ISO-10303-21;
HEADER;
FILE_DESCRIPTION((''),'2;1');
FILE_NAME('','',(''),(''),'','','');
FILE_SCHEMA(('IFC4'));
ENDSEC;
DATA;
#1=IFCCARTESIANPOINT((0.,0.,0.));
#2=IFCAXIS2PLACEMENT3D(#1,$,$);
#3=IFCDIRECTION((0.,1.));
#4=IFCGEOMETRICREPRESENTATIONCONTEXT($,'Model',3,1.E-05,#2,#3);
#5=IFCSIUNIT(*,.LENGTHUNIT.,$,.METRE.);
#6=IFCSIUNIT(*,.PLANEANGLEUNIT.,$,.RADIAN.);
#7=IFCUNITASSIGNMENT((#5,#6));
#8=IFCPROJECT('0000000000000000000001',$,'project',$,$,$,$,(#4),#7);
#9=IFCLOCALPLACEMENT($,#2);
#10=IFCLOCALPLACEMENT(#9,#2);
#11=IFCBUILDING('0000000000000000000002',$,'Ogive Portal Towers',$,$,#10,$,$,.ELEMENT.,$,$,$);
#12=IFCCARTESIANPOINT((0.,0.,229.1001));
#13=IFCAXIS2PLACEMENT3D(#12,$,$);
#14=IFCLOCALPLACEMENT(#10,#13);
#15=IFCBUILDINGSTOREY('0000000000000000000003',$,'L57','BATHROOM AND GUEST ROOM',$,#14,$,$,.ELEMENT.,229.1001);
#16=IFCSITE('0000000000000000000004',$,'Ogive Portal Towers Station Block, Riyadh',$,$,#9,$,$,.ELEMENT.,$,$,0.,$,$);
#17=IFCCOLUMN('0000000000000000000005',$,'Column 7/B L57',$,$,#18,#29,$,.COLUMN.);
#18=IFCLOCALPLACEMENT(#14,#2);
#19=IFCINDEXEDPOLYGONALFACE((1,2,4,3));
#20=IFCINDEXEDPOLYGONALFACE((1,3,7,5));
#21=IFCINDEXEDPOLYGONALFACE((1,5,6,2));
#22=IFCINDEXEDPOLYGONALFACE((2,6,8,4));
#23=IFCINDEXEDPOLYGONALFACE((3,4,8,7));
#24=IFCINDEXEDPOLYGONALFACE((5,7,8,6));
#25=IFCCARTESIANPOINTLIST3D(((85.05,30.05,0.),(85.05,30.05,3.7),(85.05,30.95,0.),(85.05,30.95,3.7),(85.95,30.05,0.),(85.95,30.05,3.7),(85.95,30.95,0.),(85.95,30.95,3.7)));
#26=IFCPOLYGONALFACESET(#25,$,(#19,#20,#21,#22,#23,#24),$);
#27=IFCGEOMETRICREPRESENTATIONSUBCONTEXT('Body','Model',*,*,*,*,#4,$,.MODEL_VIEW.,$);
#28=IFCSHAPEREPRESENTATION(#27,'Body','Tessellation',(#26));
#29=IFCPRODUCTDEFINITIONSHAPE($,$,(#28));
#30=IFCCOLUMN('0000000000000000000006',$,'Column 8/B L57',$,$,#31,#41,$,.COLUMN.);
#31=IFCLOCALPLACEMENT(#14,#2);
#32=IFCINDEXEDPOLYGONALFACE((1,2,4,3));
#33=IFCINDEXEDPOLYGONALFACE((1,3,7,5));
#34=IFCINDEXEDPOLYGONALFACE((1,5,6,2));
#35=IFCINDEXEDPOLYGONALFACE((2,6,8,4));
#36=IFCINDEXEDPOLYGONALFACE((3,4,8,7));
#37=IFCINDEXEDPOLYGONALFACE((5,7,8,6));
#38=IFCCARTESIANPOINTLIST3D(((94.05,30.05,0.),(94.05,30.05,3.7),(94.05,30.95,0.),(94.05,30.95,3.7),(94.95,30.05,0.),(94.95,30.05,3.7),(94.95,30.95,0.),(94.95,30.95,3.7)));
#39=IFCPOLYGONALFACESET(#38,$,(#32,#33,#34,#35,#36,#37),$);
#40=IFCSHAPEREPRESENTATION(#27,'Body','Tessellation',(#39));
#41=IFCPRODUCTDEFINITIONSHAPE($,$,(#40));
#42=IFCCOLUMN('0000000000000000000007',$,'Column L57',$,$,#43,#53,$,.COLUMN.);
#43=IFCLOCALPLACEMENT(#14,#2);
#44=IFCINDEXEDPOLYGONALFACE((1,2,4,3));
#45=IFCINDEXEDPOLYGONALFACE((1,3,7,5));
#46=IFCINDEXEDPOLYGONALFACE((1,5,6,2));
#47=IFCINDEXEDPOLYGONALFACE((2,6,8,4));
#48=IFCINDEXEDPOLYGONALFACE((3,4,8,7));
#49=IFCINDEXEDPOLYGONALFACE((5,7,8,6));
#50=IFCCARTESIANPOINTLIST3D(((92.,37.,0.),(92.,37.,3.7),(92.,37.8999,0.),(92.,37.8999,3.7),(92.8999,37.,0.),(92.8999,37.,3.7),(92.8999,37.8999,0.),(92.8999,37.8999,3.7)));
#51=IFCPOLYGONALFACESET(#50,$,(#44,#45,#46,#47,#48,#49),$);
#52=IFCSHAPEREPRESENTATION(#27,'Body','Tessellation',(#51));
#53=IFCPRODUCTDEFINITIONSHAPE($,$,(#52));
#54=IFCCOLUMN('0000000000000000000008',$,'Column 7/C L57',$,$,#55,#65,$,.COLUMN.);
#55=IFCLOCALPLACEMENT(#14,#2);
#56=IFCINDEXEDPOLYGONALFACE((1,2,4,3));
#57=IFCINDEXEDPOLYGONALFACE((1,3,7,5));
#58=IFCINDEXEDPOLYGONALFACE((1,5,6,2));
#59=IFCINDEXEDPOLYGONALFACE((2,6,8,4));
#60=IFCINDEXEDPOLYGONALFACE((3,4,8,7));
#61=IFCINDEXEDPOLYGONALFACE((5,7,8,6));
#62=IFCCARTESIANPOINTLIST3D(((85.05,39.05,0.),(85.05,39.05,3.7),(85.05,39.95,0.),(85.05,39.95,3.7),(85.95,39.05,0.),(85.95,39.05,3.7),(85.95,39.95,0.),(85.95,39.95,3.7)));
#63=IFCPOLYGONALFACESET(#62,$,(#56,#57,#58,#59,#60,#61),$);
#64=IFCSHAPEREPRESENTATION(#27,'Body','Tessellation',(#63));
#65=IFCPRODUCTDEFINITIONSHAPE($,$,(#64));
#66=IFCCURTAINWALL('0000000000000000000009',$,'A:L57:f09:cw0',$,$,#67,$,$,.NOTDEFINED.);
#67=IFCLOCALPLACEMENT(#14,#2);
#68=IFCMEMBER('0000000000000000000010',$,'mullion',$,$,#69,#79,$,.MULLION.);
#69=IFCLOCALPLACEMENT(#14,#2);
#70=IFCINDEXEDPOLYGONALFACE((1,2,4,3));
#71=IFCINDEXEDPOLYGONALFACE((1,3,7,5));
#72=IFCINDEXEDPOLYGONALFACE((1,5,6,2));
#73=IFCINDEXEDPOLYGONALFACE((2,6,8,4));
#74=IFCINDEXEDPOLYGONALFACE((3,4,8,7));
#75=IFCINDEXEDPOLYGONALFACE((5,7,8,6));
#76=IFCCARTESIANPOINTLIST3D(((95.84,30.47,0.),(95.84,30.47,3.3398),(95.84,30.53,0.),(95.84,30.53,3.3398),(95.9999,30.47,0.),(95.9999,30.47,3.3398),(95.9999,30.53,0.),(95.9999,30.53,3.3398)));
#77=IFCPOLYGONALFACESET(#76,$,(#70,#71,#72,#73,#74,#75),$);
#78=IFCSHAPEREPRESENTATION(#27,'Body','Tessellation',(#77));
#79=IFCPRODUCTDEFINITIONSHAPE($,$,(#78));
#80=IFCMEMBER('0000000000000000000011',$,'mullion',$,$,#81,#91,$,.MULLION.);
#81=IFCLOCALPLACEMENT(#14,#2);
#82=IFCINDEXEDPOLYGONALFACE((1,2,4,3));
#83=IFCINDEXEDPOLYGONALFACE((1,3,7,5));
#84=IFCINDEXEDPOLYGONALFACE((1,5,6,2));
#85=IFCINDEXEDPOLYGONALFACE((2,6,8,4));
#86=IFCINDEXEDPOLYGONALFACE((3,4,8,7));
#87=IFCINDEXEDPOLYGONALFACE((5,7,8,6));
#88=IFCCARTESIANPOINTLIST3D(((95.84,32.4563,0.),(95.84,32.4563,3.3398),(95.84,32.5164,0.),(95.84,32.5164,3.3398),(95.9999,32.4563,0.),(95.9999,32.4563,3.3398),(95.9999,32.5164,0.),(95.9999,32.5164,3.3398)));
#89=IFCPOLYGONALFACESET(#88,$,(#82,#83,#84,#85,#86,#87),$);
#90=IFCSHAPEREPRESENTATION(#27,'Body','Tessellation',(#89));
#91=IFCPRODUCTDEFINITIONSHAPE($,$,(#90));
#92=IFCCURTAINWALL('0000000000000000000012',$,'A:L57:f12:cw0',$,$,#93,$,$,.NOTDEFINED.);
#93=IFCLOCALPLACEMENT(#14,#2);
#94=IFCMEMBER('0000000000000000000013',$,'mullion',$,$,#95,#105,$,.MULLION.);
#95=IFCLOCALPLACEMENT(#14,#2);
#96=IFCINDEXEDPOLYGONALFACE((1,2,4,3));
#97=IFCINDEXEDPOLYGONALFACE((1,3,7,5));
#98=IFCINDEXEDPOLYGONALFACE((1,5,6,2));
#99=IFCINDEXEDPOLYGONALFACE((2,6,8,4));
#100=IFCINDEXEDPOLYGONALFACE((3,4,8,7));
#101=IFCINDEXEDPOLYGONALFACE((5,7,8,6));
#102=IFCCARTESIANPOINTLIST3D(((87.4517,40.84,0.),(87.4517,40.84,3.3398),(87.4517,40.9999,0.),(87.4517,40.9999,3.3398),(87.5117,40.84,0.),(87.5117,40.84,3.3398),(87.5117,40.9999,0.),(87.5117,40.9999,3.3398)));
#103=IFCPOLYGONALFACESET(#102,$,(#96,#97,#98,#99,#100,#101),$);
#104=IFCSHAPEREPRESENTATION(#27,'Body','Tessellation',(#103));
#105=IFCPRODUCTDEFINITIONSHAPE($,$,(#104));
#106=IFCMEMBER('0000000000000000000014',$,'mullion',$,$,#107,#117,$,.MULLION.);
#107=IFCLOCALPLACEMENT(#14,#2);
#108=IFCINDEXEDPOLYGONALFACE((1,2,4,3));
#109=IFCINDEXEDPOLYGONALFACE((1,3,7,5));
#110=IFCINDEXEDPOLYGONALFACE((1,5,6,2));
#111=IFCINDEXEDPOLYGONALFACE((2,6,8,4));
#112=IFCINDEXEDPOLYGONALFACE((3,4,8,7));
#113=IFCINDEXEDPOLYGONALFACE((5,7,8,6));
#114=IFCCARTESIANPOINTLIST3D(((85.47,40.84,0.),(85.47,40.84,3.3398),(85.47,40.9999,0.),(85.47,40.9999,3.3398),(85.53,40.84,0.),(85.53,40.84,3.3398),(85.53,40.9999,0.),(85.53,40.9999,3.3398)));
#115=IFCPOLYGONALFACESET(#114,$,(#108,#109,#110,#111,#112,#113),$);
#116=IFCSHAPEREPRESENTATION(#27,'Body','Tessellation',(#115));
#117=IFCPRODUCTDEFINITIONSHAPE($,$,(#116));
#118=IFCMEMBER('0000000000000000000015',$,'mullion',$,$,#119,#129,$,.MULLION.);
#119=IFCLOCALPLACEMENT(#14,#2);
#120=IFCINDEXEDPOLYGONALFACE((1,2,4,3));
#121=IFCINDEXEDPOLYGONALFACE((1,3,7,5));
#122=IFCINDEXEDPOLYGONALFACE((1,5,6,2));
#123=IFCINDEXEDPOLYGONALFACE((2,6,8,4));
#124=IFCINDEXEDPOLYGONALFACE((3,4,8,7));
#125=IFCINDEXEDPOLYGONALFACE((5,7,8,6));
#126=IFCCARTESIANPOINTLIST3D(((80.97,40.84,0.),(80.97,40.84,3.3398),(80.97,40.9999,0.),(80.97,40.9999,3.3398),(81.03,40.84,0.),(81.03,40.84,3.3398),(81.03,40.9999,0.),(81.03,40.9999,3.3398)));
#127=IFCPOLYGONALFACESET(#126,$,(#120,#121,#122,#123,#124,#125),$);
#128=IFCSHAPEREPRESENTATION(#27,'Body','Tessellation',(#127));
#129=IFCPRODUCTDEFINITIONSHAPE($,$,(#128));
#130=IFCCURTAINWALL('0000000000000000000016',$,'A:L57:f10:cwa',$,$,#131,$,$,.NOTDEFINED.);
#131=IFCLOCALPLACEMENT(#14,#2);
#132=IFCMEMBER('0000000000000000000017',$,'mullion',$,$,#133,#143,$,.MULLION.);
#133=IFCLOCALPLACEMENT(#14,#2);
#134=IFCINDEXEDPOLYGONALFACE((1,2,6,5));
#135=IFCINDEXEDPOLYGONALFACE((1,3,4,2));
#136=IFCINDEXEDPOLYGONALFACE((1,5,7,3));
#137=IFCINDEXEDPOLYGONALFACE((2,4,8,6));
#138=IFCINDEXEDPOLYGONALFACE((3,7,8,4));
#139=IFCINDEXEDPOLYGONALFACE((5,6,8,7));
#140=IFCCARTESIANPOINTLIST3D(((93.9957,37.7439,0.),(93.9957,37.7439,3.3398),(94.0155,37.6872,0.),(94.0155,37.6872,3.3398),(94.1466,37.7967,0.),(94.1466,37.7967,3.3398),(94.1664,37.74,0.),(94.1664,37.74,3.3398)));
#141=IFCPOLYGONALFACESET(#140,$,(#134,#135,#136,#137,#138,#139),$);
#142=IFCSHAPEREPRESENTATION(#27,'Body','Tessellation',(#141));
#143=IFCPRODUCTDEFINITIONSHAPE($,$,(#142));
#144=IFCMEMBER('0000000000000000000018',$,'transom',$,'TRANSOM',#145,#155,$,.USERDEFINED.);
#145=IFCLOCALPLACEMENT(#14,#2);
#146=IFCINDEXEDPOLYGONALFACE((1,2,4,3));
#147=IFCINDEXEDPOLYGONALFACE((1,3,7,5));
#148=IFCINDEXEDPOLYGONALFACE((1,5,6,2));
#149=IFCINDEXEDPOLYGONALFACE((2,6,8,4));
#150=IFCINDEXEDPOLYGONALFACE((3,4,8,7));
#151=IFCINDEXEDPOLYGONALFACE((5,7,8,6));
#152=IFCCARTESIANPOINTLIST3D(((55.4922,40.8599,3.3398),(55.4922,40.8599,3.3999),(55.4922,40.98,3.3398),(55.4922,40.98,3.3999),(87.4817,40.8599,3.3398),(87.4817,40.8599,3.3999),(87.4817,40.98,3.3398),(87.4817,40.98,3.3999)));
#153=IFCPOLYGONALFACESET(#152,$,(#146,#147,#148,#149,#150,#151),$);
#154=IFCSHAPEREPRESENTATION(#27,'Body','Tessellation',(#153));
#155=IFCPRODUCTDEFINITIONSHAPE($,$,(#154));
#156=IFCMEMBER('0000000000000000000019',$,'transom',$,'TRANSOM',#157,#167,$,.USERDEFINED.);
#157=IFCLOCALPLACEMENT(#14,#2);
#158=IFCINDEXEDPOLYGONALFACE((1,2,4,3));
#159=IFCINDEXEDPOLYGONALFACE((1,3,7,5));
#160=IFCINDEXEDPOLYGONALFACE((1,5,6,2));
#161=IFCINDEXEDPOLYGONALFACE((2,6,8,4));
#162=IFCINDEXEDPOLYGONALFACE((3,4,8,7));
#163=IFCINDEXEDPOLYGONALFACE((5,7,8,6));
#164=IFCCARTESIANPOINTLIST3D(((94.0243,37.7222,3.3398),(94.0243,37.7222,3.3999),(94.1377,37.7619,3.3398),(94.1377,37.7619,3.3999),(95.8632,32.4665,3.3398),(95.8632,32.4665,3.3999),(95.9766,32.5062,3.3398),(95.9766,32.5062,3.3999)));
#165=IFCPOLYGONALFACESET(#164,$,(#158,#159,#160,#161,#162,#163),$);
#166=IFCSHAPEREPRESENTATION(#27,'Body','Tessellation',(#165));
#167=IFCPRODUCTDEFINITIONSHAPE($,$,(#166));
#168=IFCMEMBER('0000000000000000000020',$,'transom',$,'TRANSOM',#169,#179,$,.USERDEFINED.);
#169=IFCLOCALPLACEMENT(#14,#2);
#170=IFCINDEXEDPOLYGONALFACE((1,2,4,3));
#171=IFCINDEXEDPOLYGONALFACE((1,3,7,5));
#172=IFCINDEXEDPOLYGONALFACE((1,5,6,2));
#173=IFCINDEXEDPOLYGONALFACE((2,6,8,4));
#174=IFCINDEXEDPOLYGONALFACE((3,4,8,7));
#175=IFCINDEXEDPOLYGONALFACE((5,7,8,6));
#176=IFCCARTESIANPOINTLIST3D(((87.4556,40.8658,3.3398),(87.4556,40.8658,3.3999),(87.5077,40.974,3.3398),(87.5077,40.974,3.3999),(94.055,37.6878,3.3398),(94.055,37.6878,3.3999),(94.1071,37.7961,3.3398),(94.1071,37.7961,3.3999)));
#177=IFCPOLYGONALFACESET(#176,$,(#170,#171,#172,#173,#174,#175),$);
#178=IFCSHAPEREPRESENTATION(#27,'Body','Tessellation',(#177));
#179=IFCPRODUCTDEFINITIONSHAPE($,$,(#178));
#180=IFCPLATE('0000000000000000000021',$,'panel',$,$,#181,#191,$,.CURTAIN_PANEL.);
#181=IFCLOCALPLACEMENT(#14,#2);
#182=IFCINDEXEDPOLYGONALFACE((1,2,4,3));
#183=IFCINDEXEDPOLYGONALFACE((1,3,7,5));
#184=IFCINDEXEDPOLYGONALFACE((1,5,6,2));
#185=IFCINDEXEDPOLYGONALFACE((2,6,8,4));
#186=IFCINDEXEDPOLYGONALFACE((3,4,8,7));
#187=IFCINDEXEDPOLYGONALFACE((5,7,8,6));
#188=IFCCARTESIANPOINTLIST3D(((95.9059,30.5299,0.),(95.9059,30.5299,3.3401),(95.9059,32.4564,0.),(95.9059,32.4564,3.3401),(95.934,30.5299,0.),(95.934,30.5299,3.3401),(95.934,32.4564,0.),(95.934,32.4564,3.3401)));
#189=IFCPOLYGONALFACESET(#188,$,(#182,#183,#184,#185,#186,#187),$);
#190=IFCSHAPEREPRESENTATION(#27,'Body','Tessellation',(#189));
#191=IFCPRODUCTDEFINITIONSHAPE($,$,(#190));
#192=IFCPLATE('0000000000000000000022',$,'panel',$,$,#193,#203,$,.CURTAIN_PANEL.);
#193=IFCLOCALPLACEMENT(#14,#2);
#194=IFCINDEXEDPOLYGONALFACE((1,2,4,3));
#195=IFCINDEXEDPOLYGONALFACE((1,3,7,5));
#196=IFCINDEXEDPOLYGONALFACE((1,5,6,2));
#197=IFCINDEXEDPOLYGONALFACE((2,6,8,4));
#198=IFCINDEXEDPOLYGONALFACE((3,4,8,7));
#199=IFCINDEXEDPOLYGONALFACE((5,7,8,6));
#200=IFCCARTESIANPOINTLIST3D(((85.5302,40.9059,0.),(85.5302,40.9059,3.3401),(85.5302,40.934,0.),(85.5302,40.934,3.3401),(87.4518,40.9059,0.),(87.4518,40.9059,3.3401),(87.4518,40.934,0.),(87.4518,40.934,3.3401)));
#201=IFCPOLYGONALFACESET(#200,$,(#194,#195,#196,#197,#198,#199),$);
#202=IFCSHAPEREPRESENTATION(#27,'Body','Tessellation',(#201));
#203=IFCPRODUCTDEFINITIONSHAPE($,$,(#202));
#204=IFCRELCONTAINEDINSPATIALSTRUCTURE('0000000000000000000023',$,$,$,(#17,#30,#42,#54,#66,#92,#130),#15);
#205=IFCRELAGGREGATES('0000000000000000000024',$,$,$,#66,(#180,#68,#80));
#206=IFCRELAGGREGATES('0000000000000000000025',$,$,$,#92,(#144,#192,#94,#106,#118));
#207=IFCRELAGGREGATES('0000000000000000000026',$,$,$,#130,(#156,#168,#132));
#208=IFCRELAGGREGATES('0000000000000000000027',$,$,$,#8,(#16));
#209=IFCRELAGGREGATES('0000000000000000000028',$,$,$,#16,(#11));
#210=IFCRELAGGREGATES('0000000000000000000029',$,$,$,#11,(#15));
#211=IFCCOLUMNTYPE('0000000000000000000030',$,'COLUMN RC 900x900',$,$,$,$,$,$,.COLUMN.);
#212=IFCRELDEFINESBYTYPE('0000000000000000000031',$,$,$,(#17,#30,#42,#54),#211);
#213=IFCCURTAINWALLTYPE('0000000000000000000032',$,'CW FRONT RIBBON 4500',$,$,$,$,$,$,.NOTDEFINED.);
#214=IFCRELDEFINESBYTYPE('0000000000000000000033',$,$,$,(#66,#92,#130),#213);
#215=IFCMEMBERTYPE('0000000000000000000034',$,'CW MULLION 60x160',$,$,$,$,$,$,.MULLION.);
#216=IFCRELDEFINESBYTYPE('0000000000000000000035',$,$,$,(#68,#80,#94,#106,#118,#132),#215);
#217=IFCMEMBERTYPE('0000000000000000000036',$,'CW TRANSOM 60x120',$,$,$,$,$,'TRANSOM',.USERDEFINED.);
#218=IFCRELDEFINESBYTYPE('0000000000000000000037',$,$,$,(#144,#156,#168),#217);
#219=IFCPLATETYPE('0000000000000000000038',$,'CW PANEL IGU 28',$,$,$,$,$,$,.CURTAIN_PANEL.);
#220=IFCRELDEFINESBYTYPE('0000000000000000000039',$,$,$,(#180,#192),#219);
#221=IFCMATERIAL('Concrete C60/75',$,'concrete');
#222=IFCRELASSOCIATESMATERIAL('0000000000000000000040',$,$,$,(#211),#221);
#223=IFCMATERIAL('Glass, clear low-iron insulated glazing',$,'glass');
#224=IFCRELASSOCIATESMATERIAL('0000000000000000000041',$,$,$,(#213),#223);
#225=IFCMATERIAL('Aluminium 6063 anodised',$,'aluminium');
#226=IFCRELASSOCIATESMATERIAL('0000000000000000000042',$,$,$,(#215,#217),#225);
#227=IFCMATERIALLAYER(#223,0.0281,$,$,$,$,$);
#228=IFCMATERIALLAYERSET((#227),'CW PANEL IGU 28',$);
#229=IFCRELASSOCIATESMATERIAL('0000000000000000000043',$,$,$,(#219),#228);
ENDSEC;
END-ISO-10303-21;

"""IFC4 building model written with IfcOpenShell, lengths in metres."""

from ifc_helpers import new_model, si_unit, direction, frame, origin, origin_2d, place, context, subcontext, project, spatial, rectangle, extrude, material, layer, layer_set, material_profile, profile_set, type_object, element, aggregate, save


model = new_model("IFC4")

# Units and contexts
model_context = context("Model", 3, precision=1e-05, world=origin(), true_north=direction((0.0, 1.0)))
body_context = subcontext(model_context, "Body", "Model", "MODEL_VIEW")
ifc_project = project(units=[si_unit("LENGTHUNIT", "METRE"), si_unit("PLANEANGLEUNIT", "RADIAN")], contexts=[model_context])

# Site, building, storey
site_placement = place(None, origin())
site = spatial("IfcSite", under=ifc_project, at=site_placement, Name="Ogive Portal Towers Station Block, Riyadh", CompositionType="ELEMENT", RefElevation=0.0)
building_placement = place(site_placement, origin())
building = spatial("IfcBuilding", under=site, at=building_placement, Name="Ogive Portal Towers", CompositionType="ELEMENT")
storey_placement = place(building_placement, frame((0.0, 0.0, 229.1001)))
storey = spatial("IfcBuildingStorey", under=building, at=storey_placement, Name="L57", Description="BATHROOM AND GUEST ROOM", CompositionType="ELEMENT", Elevation=229.1001)

# Columns
ifc_material_1 = material(Name="Concrete C60/75", Category="concrete")
ifc_material_profile_1 = material_profile(ifc_material_1, rectangle(XDim=0.8999, YDim=0.8999, at=origin_2d()), Name="RC 900x900")
ifc_profile_set_1 = profile_set([ifc_material_profile_1], Name="Concrete C60/75")
column_type = type_object("IfcColumnType", Name="COLUMN RC 900x900", PredefinedType="COLUMN", material=ifc_profile_set_1)
for number, where, z_axis, x_axis, name in (
    (1, (85.5, 30.5, 0.0), (0.0, 0.0, 1.0), (1.0, 0.0, 0.0), "Column 7/B L57"),
    (2, (94.5, 30.5, 0.0), (0.0, 0.0, 1.0), (1.0, 0.0, 0.0), "Column 8/B L57"),
    (3, (92.45, 37.45, 0.0), (0.0, 0.0, 1.0), (1.0, 0.0, 0.0), "Column L57"),
    (4, (85.5, 39.5, 0.0), (0.0, 0.0, 1.0), (1.0, 0.0, 0.0), "Column 7/C L57"),
):
    element("IfcColumn", number, at=place(storey_placement, frame(where, z_axis=z_axis, x_axis=x_axis)), inside=storey, type_object=column_type, Name=name, PredefinedType="COLUMN", context=body_context, shape_type="SweptSolid", body=[
        extrude(rectangle(XDim=0.8999, YDim=0.8999, at=origin_2d()), origin(), (0.0, 0.0, 1.0), 3.7),
    ])

# Curtain walls, members
ifc_material_2 = material(Name="Glass, clear low-iron insulated glazing", Category="glass")
curtain_wall_type = type_object("IfcCurtainWallType", Name="CW FRONT RIBBON 4500", PredefinedType="NOTDEFINED", material=ifc_material_2)
curtain_wall_1_placement = place(storey_placement, origin())
curtain_wall_1 = element("IfcCurtainWall", 5, at=curtain_wall_1_placement, inside=storey, type_object=curtain_wall_type, Name="A:L57:f09:cw0", PredefinedType="NOTDEFINED")
ifc_material_3 = material(Name="Aluminium 6063 anodised", Category="aluminium")
ifc_material_profile_2 = material_profile(ifc_material_3, rectangle(XDim=0.1599, YDim=0.0601, at=origin_2d()), Name="AL 60x160")
ifc_profile_set_2 = profile_set([ifc_material_profile_2], Name="Aluminium 6063 anodised")
member_type_1 = type_object("IfcMemberType", Name="CW MULLION 60x160", PredefinedType="MULLION", material=ifc_profile_set_2)
member_1_placement = place(storey_placement, frame((95.9199, 30.5, 0.0), z_axis=(0.0, 0.0, 1.0), x_axis=(-1.0, 0.0, 0.0)))
member_1 = element("IfcMember", 6, at=member_1_placement, type_object=member_type_1, Name="mullion", PredefinedType="MULLION", context=body_context, shape_type="SweptSolid", body=[
    extrude(rectangle(XDim=0.1599, YDim=0.0601, at=origin_2d()), origin(), (0.0, 0.0, 1.0), 3.3398),
])
member_2_placement = place(storey_placement, frame((95.9199, 32.4863, 0.0), z_axis=(0.0, 0.0, 1.0), x_axis=(-1.0, 0.0, 0.0)))
member_2 = element("IfcMember", 7, at=member_2_placement, type_object=member_type_1, Name="mullion", PredefinedType="MULLION", context=body_context, shape_type="SweptSolid", body=[
    extrude(rectangle(XDim=0.1599, YDim=0.0601, at=origin_2d()), origin(), (0.0, 0.0, 1.0), 3.3398),
])
curtain_wall_2_placement = place(storey_placement, origin())
curtain_wall_2 = element("IfcCurtainWall", 8, at=curtain_wall_2_placement, inside=storey, type_object=curtain_wall_type, Name="A:L57:f12:cw0", PredefinedType="NOTDEFINED")
member_3_placement = place(storey_placement, frame((87.4817, 40.9199, 0.0), z_axis=(0.0, 0.0, 1.0), x_axis=(0.0, -1.0, 0.0)))
member_3 = element("IfcMember", 9, at=member_3_placement, type_object=member_type_1, Name="mullion", PredefinedType="MULLION", context=body_context, shape_type="SweptSolid", body=[
    extrude(rectangle(XDim=0.1599, YDim=0.0601, at=origin_2d()), origin(), (0.0, 0.0, 1.0), 3.3398),
])
member_4_placement = place(storey_placement, frame((85.5, 40.9199, 0.0), z_axis=(0.0, 0.0, 1.0), x_axis=(0.0, -1.0, 0.0)))
member_4 = element("IfcMember", 10, at=member_4_placement, type_object=member_type_1, Name="mullion", PredefinedType="MULLION", context=body_context, shape_type="SweptSolid", body=[
    extrude(rectangle(XDim=0.1599, YDim=0.0601, at=origin_2d()), origin(), (0.0, 0.0, 1.0), 3.3398),
])
member_5_placement = place(storey_placement, frame((81.0, 40.9199, 0.0), z_axis=(0.0, 0.0, 1.0), x_axis=(0.0, -1.0, 0.0)))
member_5 = element("IfcMember", 11, at=member_5_placement, type_object=member_type_1, Name="mullion", PredefinedType="MULLION", context=body_context, shape_type="SweptSolid", body=[
    extrude(rectangle(XDim=0.1599, YDim=0.0601, at=origin_2d()), origin(), (0.0, 0.0, 1.0), 3.3398),
])

# Curtain wall, member
curtain_wall_3_placement = place(storey_placement, origin())
curtain_wall_3 = element("IfcCurtainWall", 12, at=curtain_wall_3_placement, inside=storey, type_object=curtain_wall_type, Name="A:L57:f10:cwa", PredefinedType="NOTDEFINED")
member_6_placement = place(storey_placement, frame((94.0811, 37.7419, 0.0), z_axis=(0.0, 0.0, 1.0), x_axis=(-0.943883, -0.330279, 0.0)))
member_6 = element("IfcMember", 13, at=member_6_placement, type_object=member_type_1, Name="mullion", PredefinedType="MULLION", context=body_context, shape_type="SweptSolid", body=[
    extrude(rectangle(XDim=0.1599, YDim=0.0601, at=origin_2d()), origin(), (0.0, 0.0, 1.0), 3.3398),
])

# Members
ifc_material_profile_3 = material_profile(ifc_material_3, rectangle(XDim=0.1201, YDim=0.0601, at=origin_2d()), Name="AL 120x60")
ifc_profile_set_3 = profile_set([ifc_material_profile_3], Name="Aluminium 6063 anodised")
member_type_2 = type_object("IfcMemberType", Name="CW TRANSOM 60x120", ElementType="TRANSOM", PredefinedType="USERDEFINED", material=ifc_profile_set_3)
member_7_placement = place(storey_placement, frame((87.4817, 40.9199, 3.3699), z_axis=(-1.0, 0.0, 0.0), x_axis=(0.0, -1.0, 0.0)))
member_7 = element("IfcMember", 14, at=member_7_placement, type_object=member_type_2, Name="transom", ObjectType="TRANSOM", PredefinedType="USERDEFINED", context=body_context, shape_type="SweptSolid", body=[
    extrude(rectangle(XDim=0.1201, YDim=0.0601, at=origin_2d()), origin(), (0.0, 0.0, 1.0), 31.9895),
])
member_8_placement = place(storey_placement, frame((95.9199, 32.4863, 3.3699), z_axis=(-0.330255, 0.943892, 0.0), x_axis=(-0.943892, -0.330255, 0.0)))
member_8 = element("IfcMember", 15, at=member_8_placement, type_object=member_type_2, Name="transom", ObjectType="TRANSOM", PredefinedType="USERDEFINED", context=body_context, shape_type="SweptSolid", body=[
    extrude(rectangle(XDim=0.1201, YDim=0.0601, at=origin_2d()), origin(), (0.0, 0.0, 1.0), 5.5681),
])
member_9_placement = place(storey_placement, frame((94.0811, 37.7419, 3.3699), z_axis=(-0.900975, 0.433872, 0.0), x_axis=(-0.433872, -0.900975, 0.0)))
member_9 = element("IfcMember", 16, at=member_9_placement, type_object=member_type_2, Name="transom", ObjectType="TRANSOM", PredefinedType="USERDEFINED", context=body_context, shape_type="SweptSolid", body=[
    extrude(rectangle(XDim=0.1201, YDim=0.0601, at=origin_2d()), origin(), (0.0, 0.0, 1.0), 7.3247),
])

# Plates
ifc_layer_1 = layer(ifc_material_2, 0.0281)
ifc_layer_set_1 = layer_set([ifc_layer_1], Name="CW PANEL IGU 28")
plate_type = type_object("IfcPlateType", Name="CW PANEL IGU 28", PredefinedType="CURTAIN_PANEL", material=ifc_layer_set_1)
plate_1_placement = place(storey_placement, frame((95.9199, 31.4932, 0.0), z_axis=(0.0, 0.0, 1.0), x_axis=(0.0, 1.0, 0.0)))
plate_1 = element("IfcPlate", 17, at=plate_1_placement, type_object=plate_type, Name="panel", PredefinedType="CURTAIN_PANEL", context=body_context, shape_type="SweptSolid", body=[
    extrude(rectangle(XDim=1.9265, YDim=0.0281, at=origin_2d()), origin(), (0.0, 0.0, 1.0), 3.3401),
])
aggregate(curtain_wall_1, [plate_1, member_1, member_2])
plate_2_placement = place(storey_placement, frame((86.491, 40.9199, 0.0), z_axis=(0.0, 0.0, 1.0), x_axis=(-1.0, 0.0, 0.0)))
plate_2 = element("IfcPlate", 18, at=plate_2_placement, type_object=plate_type, Name="panel", PredefinedType="CURTAIN_PANEL", context=body_context, shape_type="SweptSolid", body=[
    extrude(rectangle(XDim=1.9216, YDim=0.0281, at=origin_2d()), origin(), (0.0, 0.0, 1.0), 3.3401),
])
aggregate(curtain_wall_2, [member_7, plate_2, member_3, member_4, member_5])
aggregate(curtain_wall_3, [member_8, member_9, member_6])

save(model, "model.ifc")
